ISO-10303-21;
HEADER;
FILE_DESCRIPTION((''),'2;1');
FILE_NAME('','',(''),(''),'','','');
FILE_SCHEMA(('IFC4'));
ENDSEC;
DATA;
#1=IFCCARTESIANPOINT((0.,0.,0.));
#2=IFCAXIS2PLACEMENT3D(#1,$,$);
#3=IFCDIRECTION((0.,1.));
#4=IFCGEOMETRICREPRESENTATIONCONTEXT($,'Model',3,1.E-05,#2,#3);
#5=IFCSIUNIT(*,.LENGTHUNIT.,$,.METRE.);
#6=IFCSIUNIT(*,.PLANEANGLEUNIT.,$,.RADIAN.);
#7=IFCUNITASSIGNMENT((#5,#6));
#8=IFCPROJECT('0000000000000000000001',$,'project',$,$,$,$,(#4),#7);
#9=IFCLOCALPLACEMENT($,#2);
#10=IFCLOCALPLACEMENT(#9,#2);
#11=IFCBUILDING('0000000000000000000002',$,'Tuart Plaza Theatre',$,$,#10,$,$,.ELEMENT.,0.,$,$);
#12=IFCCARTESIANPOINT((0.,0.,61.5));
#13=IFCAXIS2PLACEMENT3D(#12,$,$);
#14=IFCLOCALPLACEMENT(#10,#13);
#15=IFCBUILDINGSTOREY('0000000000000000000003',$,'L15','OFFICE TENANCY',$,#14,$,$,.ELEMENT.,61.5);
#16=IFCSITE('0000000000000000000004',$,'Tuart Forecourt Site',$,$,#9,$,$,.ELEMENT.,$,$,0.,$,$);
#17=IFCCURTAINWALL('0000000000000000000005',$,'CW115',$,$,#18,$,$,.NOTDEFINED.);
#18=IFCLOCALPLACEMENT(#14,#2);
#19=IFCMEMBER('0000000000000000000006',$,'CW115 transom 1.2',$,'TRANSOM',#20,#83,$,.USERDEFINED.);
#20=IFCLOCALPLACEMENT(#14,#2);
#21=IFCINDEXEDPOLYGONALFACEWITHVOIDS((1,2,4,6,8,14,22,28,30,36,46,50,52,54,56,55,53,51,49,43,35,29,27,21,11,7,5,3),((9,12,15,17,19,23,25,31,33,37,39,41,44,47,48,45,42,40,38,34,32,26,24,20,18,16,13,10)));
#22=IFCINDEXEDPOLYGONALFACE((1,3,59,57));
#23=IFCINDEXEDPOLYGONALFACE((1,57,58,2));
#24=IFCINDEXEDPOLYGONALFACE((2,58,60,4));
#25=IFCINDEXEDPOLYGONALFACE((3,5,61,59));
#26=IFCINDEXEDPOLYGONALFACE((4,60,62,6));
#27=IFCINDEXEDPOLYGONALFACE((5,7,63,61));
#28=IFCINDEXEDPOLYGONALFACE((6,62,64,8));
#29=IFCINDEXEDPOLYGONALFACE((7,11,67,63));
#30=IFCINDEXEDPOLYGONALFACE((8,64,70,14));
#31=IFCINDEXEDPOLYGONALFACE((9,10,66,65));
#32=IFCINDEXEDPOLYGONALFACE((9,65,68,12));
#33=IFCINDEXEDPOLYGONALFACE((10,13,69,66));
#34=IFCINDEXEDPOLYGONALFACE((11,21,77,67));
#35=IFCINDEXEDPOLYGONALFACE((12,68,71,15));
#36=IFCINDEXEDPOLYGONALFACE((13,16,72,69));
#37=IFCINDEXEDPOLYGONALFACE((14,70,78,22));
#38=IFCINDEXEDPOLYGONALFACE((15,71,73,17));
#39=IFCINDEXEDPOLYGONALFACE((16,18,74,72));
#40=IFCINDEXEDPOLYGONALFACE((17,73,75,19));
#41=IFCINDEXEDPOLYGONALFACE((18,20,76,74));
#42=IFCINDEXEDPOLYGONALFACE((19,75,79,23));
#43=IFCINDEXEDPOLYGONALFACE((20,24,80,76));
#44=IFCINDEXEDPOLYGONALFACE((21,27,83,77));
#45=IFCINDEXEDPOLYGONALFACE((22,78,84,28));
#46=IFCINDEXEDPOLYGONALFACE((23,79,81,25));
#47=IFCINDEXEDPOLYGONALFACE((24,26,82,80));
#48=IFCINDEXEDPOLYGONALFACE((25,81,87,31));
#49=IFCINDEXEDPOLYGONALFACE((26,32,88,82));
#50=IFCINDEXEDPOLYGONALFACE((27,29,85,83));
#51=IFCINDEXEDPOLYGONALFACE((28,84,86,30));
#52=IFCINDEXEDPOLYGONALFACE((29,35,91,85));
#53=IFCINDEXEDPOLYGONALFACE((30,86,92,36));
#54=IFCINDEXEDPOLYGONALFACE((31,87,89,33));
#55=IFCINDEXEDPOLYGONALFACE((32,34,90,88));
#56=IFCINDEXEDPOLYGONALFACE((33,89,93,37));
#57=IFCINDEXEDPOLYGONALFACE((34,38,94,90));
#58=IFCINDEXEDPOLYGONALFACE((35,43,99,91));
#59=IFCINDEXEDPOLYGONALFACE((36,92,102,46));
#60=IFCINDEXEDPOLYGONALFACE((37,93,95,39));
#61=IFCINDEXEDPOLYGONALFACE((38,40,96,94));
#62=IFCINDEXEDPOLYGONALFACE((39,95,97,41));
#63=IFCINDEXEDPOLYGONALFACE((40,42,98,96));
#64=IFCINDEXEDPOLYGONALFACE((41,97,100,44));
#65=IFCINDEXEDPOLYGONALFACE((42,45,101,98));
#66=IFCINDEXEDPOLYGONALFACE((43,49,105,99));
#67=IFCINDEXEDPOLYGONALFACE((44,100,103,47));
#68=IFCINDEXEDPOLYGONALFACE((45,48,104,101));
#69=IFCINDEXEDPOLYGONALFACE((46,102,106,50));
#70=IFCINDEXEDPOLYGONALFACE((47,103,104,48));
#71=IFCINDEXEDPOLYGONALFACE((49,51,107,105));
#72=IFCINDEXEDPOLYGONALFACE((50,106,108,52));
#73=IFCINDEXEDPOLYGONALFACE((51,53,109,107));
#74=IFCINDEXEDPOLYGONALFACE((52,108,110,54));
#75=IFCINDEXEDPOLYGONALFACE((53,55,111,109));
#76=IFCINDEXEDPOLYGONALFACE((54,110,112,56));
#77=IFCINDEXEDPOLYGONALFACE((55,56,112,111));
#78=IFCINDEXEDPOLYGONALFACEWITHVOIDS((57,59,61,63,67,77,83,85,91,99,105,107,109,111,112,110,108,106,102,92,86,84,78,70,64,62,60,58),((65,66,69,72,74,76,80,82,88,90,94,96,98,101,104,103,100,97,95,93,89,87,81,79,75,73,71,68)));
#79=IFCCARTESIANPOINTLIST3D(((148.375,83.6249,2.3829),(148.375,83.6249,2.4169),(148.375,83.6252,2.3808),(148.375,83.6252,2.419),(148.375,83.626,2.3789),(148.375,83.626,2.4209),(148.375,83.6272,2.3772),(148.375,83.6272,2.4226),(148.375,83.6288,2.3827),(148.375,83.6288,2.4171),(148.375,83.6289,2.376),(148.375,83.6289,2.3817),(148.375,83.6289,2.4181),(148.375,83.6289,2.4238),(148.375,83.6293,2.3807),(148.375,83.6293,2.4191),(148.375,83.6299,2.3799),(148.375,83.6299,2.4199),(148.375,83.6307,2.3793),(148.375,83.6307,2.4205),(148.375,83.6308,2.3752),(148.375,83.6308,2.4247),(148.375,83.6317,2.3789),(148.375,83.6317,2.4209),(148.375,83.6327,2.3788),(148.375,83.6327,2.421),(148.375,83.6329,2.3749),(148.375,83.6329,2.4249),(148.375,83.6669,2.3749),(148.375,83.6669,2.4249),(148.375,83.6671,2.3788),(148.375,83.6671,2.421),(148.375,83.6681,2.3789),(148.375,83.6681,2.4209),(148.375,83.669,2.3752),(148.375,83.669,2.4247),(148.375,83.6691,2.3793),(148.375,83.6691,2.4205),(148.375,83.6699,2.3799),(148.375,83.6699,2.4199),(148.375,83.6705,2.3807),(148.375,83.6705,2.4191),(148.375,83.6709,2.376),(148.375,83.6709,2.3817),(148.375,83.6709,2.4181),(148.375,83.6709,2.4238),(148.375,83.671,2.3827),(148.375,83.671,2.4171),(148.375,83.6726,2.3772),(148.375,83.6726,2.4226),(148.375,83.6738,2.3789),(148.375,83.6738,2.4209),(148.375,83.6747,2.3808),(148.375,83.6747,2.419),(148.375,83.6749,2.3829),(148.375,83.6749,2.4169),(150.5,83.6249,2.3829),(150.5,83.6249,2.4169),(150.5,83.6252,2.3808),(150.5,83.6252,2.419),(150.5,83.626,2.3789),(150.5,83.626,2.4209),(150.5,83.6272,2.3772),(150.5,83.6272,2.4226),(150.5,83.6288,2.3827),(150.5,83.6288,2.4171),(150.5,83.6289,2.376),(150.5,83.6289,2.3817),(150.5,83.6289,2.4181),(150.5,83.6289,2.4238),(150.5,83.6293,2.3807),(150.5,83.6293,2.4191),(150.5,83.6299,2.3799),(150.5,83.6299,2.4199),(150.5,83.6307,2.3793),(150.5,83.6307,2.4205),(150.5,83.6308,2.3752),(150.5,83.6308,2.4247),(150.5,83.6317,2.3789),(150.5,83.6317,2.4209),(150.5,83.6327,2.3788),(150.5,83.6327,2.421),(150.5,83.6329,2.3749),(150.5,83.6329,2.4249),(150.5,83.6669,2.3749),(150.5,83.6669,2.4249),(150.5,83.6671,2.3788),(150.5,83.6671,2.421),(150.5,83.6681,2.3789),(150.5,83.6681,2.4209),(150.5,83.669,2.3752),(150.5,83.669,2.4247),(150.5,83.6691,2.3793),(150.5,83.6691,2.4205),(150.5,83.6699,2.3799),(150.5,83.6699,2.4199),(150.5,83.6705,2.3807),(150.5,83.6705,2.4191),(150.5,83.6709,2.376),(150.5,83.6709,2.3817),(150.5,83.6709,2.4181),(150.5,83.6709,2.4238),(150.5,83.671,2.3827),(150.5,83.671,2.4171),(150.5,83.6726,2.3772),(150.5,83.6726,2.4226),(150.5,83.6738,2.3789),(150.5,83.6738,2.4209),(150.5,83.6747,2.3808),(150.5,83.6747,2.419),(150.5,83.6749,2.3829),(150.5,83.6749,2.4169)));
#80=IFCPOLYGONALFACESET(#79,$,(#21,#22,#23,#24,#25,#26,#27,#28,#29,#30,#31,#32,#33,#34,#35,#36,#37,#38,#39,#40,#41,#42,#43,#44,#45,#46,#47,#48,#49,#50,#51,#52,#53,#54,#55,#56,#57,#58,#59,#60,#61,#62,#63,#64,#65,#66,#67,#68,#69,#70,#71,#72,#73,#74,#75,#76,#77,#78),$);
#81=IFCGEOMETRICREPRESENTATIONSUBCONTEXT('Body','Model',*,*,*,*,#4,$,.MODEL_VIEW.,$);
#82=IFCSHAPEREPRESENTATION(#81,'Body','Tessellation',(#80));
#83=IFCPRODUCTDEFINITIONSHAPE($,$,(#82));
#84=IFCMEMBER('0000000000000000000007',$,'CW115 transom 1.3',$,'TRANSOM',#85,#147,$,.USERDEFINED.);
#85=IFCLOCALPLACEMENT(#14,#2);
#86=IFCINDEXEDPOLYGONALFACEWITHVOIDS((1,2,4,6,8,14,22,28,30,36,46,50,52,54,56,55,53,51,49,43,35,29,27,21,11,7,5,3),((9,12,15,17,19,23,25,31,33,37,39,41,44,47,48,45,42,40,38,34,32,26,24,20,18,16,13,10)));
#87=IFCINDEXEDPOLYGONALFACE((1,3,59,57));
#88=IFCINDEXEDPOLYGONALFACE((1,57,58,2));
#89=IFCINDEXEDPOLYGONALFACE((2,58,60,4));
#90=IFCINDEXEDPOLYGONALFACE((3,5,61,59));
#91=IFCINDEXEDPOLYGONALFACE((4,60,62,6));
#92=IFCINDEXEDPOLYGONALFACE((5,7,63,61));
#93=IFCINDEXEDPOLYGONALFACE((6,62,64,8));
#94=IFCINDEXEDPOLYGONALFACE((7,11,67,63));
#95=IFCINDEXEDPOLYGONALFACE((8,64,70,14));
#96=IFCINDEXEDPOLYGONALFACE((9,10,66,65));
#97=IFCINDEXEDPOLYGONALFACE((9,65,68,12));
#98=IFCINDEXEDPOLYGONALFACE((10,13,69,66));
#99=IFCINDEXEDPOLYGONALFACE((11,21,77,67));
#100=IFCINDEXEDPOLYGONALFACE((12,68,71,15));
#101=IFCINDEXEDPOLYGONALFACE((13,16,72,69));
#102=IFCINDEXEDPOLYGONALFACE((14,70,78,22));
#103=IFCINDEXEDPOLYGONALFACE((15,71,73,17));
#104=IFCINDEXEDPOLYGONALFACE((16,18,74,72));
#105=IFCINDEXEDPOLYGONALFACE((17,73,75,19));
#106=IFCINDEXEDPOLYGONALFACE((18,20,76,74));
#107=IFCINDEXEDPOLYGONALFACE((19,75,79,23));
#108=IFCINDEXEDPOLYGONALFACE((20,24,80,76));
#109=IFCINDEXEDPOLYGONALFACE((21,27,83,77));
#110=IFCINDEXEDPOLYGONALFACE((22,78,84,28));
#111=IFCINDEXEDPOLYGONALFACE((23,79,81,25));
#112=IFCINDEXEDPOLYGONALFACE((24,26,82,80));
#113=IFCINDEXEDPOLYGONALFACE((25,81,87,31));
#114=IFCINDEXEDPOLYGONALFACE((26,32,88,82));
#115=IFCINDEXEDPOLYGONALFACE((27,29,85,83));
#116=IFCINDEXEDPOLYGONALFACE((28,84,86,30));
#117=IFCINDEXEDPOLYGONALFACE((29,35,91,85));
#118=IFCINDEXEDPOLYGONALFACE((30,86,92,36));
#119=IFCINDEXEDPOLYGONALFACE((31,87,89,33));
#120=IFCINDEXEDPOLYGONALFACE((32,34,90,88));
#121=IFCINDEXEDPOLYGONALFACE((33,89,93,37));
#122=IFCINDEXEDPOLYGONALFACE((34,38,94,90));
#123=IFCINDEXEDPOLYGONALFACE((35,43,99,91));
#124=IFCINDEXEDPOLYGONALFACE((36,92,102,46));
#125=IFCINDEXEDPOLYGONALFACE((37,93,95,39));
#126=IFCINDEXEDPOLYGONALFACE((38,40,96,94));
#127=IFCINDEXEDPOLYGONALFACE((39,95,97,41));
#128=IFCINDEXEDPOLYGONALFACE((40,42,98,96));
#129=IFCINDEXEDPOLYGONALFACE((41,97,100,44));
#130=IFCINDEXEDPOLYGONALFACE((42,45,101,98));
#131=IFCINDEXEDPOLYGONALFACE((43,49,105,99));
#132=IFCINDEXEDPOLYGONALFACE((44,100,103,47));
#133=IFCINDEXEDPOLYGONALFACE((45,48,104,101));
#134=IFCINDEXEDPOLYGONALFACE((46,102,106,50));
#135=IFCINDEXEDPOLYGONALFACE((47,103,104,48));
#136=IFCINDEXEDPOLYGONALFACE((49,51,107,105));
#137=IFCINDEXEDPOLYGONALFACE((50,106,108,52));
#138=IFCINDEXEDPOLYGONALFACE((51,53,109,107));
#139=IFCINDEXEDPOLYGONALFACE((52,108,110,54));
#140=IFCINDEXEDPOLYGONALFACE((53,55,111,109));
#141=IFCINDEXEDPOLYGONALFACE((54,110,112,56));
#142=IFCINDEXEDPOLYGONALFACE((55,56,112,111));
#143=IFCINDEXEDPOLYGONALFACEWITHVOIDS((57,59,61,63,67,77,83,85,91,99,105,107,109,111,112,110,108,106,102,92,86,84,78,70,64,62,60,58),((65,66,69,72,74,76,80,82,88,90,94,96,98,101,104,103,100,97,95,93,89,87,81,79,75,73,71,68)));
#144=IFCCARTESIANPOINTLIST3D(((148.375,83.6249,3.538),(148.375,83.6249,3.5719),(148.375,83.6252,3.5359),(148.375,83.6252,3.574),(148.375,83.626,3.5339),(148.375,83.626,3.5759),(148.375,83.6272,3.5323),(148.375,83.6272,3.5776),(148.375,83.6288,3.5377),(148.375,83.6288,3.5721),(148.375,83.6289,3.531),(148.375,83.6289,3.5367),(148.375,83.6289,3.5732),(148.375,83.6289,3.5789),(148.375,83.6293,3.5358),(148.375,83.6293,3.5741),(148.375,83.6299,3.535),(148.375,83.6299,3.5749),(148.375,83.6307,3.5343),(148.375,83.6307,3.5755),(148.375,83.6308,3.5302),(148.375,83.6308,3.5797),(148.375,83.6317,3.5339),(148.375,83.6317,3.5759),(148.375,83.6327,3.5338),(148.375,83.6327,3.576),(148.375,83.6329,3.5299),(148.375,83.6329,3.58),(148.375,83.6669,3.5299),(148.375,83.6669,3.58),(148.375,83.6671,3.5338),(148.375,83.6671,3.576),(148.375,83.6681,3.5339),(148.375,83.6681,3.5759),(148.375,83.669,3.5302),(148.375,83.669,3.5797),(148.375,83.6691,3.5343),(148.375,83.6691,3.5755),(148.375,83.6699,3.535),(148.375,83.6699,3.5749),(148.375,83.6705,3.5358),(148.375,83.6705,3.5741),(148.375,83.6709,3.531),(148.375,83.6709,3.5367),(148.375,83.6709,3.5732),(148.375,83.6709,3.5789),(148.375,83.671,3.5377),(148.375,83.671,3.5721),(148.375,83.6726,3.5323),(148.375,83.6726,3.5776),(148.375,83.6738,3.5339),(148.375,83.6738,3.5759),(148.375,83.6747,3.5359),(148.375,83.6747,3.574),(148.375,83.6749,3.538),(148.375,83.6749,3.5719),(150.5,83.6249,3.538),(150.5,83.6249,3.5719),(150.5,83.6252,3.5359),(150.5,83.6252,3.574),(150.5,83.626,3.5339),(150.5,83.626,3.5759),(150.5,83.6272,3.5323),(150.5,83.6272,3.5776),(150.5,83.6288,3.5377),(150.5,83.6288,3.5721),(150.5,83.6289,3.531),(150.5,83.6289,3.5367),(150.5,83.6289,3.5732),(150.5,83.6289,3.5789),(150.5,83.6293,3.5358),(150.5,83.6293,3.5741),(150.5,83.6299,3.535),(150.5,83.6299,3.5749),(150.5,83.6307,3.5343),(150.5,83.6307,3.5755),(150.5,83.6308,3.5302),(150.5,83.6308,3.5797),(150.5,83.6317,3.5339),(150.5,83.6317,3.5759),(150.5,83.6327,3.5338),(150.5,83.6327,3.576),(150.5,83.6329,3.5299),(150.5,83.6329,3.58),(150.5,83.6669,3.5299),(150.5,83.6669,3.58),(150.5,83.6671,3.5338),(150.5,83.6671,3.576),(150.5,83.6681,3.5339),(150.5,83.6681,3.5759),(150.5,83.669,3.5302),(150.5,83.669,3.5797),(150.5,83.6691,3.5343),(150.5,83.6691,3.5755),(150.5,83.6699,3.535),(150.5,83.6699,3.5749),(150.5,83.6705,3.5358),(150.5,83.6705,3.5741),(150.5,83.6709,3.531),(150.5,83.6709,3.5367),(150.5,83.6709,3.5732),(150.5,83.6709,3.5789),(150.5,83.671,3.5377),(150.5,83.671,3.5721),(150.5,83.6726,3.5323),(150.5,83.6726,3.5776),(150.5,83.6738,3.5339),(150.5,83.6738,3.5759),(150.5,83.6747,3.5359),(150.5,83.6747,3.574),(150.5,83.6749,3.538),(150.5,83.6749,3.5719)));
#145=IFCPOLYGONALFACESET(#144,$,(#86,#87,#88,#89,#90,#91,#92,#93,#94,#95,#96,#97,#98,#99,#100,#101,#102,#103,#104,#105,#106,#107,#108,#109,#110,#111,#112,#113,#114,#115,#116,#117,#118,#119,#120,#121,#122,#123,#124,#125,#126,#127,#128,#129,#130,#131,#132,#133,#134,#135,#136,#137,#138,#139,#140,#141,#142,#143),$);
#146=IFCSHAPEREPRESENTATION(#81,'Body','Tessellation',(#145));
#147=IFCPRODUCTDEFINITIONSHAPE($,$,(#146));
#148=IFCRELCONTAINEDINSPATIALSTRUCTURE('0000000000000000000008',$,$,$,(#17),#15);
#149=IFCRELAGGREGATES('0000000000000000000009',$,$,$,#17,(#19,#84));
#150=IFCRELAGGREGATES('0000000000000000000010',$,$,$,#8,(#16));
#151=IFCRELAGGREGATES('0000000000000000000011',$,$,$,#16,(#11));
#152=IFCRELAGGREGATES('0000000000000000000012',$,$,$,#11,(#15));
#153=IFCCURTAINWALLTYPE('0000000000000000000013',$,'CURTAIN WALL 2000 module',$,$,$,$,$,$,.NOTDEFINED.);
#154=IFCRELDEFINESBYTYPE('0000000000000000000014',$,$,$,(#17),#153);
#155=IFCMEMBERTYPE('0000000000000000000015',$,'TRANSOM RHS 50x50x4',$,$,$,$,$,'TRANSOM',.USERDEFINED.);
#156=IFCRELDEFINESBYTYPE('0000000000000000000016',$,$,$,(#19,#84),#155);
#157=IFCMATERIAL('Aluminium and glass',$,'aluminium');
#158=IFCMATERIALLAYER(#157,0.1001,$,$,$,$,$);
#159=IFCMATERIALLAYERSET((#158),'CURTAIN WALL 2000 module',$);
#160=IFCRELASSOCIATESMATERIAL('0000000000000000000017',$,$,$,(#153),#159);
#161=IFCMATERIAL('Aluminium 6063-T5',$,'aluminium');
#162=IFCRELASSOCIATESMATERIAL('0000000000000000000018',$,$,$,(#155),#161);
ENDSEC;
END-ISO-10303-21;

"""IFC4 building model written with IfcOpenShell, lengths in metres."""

from ifc_helpers import new_model, si_unit, direction, frame, origin, origin_2d, place, context, subcontext, project, spatial, hollow_rectangle, extrude, material, layer, layer_set, material_profile, profile_set, type_object, element, aggregate, save


model = new_model("IFC4")

# Units and contexts
model_context = context("Model", 3, precision=1e-05, world=origin(), true_north=direction((0.0, 1.0)))
body_context = subcontext(model_context, "Body", "Model", "MODEL_VIEW")
ifc_project = project(units=[si_unit("LENGTHUNIT", "METRE"), si_unit("PLANEANGLEUNIT", "RADIAN")], contexts=[model_context])

# Site, building, storey
site_placement = place(None, origin())
site = spatial("IfcSite", under=ifc_project, at=site_placement, Name="Tuart Forecourt Site", CompositionType="ELEMENT", RefElevation=0.0)
building_placement = place(site_placement, origin())
building = spatial("IfcBuilding", under=site, at=building_placement, Name="Tuart Plaza Theatre", CompositionType="ELEMENT", ElevationOfRefHeight=0.0)
storey_placement = place(building_placement, frame((0.0, 0.0, 61.5)))
storey = spatial("IfcBuildingStorey", under=building, at=storey_placement, Name="L15", Description="OFFICE TENANCY", CompositionType="ELEMENT", Elevation=61.5)

# Shared definitions
ifc_material_1 = material(Name="Aluminium and glass", Category="aluminium")
ifc_layer_1 = layer(ifc_material_1, 0.1001)
ifc_layer_set_1 = layer_set([ifc_layer_1], Name="CURTAIN WALL 2000 module")
curtain_wall_type = type_object("IfcCurtainWallType", Name="CURTAIN WALL 2000 module", PredefinedType="NOTDEFINED", material=ifc_layer_set_1)

# Curtain wall
curtain_wall_1_placement = place(storey_placement, origin())
curtain_wall_1 = element("IfcCurtainWall", 1, at=curtain_wall_1_placement, inside=storey, type_object=curtain_wall_type, Name="CW115", PredefinedType="NOTDEFINED")

# Members
ifc_material_2 = material(Name="Aluminium 6063-T5", Category="aluminium")
ifc_material_profile_1 = material_profile(ifc_material_2, hollow_rectangle(XDim=0.05, YDim=0.05, WallThickness=0.0039, InnerFilletRadius=0.0039, OuterFilletRadius=0.0081, at=origin_2d()), Name="RHS 50x50x4")
ifc_profile_set_1 = profile_set([ifc_material_profile_1], Name="Aluminium 6063-T5")
member_type_1 = type_object("IfcMemberType", Name="TRANSOM RHS 50x50x4", ElementType="TRANSOM", PredefinedType="USERDEFINED", material=ifc_profile_set_1)
member_1_placement = place(storey_placement, frame((150.5, 83.6499, 2.3999), z_axis=(-1.0, 0.0, 0.0), x_axis=(0.0, -1.0, 0.0)))
member_1 = element("IfcMember", 2, at=member_1_placement, type_object=member_type_1, Name="CW115 transom 1.2", ObjectType="TRANSOM", PredefinedType="USERDEFINED", context=body_context, shape_type="SweptSolid", body=[
    extrude(hollow_rectangle(XDim=0.05, YDim=0.05, WallThickness=0.0039, InnerFilletRadius=0.0039, OuterFilletRadius=0.0081, at=origin_2d()), origin(), (0.0, 0.0, 1.0), 2.125),
])
member_2_placement = place(storey_placement, frame((150.5, 83.6499, 3.5549), z_axis=(-1.0, 0.0, 0.0), x_axis=(0.0, -1.0, 0.0)))
member_2 = element("IfcMember", 3, at=member_2_placement, type_object=member_type_1, Name="CW115 transom 1.3", ObjectType="TRANSOM", PredefinedType="USERDEFINED", context=body_context, shape_type="SweptSolid", body=[
    extrude(hollow_rectangle(XDim=0.05, YDim=0.05, WallThickness=0.0039, InnerFilletRadius=0.0039, OuterFilletRadius=0.0081, at=origin_2d()), origin(), (0.0, 0.0, 1.0), 2.125),
])

aggregate(curtain_wall_1, [member_1, member_2])

save(model, "model.ifc")
